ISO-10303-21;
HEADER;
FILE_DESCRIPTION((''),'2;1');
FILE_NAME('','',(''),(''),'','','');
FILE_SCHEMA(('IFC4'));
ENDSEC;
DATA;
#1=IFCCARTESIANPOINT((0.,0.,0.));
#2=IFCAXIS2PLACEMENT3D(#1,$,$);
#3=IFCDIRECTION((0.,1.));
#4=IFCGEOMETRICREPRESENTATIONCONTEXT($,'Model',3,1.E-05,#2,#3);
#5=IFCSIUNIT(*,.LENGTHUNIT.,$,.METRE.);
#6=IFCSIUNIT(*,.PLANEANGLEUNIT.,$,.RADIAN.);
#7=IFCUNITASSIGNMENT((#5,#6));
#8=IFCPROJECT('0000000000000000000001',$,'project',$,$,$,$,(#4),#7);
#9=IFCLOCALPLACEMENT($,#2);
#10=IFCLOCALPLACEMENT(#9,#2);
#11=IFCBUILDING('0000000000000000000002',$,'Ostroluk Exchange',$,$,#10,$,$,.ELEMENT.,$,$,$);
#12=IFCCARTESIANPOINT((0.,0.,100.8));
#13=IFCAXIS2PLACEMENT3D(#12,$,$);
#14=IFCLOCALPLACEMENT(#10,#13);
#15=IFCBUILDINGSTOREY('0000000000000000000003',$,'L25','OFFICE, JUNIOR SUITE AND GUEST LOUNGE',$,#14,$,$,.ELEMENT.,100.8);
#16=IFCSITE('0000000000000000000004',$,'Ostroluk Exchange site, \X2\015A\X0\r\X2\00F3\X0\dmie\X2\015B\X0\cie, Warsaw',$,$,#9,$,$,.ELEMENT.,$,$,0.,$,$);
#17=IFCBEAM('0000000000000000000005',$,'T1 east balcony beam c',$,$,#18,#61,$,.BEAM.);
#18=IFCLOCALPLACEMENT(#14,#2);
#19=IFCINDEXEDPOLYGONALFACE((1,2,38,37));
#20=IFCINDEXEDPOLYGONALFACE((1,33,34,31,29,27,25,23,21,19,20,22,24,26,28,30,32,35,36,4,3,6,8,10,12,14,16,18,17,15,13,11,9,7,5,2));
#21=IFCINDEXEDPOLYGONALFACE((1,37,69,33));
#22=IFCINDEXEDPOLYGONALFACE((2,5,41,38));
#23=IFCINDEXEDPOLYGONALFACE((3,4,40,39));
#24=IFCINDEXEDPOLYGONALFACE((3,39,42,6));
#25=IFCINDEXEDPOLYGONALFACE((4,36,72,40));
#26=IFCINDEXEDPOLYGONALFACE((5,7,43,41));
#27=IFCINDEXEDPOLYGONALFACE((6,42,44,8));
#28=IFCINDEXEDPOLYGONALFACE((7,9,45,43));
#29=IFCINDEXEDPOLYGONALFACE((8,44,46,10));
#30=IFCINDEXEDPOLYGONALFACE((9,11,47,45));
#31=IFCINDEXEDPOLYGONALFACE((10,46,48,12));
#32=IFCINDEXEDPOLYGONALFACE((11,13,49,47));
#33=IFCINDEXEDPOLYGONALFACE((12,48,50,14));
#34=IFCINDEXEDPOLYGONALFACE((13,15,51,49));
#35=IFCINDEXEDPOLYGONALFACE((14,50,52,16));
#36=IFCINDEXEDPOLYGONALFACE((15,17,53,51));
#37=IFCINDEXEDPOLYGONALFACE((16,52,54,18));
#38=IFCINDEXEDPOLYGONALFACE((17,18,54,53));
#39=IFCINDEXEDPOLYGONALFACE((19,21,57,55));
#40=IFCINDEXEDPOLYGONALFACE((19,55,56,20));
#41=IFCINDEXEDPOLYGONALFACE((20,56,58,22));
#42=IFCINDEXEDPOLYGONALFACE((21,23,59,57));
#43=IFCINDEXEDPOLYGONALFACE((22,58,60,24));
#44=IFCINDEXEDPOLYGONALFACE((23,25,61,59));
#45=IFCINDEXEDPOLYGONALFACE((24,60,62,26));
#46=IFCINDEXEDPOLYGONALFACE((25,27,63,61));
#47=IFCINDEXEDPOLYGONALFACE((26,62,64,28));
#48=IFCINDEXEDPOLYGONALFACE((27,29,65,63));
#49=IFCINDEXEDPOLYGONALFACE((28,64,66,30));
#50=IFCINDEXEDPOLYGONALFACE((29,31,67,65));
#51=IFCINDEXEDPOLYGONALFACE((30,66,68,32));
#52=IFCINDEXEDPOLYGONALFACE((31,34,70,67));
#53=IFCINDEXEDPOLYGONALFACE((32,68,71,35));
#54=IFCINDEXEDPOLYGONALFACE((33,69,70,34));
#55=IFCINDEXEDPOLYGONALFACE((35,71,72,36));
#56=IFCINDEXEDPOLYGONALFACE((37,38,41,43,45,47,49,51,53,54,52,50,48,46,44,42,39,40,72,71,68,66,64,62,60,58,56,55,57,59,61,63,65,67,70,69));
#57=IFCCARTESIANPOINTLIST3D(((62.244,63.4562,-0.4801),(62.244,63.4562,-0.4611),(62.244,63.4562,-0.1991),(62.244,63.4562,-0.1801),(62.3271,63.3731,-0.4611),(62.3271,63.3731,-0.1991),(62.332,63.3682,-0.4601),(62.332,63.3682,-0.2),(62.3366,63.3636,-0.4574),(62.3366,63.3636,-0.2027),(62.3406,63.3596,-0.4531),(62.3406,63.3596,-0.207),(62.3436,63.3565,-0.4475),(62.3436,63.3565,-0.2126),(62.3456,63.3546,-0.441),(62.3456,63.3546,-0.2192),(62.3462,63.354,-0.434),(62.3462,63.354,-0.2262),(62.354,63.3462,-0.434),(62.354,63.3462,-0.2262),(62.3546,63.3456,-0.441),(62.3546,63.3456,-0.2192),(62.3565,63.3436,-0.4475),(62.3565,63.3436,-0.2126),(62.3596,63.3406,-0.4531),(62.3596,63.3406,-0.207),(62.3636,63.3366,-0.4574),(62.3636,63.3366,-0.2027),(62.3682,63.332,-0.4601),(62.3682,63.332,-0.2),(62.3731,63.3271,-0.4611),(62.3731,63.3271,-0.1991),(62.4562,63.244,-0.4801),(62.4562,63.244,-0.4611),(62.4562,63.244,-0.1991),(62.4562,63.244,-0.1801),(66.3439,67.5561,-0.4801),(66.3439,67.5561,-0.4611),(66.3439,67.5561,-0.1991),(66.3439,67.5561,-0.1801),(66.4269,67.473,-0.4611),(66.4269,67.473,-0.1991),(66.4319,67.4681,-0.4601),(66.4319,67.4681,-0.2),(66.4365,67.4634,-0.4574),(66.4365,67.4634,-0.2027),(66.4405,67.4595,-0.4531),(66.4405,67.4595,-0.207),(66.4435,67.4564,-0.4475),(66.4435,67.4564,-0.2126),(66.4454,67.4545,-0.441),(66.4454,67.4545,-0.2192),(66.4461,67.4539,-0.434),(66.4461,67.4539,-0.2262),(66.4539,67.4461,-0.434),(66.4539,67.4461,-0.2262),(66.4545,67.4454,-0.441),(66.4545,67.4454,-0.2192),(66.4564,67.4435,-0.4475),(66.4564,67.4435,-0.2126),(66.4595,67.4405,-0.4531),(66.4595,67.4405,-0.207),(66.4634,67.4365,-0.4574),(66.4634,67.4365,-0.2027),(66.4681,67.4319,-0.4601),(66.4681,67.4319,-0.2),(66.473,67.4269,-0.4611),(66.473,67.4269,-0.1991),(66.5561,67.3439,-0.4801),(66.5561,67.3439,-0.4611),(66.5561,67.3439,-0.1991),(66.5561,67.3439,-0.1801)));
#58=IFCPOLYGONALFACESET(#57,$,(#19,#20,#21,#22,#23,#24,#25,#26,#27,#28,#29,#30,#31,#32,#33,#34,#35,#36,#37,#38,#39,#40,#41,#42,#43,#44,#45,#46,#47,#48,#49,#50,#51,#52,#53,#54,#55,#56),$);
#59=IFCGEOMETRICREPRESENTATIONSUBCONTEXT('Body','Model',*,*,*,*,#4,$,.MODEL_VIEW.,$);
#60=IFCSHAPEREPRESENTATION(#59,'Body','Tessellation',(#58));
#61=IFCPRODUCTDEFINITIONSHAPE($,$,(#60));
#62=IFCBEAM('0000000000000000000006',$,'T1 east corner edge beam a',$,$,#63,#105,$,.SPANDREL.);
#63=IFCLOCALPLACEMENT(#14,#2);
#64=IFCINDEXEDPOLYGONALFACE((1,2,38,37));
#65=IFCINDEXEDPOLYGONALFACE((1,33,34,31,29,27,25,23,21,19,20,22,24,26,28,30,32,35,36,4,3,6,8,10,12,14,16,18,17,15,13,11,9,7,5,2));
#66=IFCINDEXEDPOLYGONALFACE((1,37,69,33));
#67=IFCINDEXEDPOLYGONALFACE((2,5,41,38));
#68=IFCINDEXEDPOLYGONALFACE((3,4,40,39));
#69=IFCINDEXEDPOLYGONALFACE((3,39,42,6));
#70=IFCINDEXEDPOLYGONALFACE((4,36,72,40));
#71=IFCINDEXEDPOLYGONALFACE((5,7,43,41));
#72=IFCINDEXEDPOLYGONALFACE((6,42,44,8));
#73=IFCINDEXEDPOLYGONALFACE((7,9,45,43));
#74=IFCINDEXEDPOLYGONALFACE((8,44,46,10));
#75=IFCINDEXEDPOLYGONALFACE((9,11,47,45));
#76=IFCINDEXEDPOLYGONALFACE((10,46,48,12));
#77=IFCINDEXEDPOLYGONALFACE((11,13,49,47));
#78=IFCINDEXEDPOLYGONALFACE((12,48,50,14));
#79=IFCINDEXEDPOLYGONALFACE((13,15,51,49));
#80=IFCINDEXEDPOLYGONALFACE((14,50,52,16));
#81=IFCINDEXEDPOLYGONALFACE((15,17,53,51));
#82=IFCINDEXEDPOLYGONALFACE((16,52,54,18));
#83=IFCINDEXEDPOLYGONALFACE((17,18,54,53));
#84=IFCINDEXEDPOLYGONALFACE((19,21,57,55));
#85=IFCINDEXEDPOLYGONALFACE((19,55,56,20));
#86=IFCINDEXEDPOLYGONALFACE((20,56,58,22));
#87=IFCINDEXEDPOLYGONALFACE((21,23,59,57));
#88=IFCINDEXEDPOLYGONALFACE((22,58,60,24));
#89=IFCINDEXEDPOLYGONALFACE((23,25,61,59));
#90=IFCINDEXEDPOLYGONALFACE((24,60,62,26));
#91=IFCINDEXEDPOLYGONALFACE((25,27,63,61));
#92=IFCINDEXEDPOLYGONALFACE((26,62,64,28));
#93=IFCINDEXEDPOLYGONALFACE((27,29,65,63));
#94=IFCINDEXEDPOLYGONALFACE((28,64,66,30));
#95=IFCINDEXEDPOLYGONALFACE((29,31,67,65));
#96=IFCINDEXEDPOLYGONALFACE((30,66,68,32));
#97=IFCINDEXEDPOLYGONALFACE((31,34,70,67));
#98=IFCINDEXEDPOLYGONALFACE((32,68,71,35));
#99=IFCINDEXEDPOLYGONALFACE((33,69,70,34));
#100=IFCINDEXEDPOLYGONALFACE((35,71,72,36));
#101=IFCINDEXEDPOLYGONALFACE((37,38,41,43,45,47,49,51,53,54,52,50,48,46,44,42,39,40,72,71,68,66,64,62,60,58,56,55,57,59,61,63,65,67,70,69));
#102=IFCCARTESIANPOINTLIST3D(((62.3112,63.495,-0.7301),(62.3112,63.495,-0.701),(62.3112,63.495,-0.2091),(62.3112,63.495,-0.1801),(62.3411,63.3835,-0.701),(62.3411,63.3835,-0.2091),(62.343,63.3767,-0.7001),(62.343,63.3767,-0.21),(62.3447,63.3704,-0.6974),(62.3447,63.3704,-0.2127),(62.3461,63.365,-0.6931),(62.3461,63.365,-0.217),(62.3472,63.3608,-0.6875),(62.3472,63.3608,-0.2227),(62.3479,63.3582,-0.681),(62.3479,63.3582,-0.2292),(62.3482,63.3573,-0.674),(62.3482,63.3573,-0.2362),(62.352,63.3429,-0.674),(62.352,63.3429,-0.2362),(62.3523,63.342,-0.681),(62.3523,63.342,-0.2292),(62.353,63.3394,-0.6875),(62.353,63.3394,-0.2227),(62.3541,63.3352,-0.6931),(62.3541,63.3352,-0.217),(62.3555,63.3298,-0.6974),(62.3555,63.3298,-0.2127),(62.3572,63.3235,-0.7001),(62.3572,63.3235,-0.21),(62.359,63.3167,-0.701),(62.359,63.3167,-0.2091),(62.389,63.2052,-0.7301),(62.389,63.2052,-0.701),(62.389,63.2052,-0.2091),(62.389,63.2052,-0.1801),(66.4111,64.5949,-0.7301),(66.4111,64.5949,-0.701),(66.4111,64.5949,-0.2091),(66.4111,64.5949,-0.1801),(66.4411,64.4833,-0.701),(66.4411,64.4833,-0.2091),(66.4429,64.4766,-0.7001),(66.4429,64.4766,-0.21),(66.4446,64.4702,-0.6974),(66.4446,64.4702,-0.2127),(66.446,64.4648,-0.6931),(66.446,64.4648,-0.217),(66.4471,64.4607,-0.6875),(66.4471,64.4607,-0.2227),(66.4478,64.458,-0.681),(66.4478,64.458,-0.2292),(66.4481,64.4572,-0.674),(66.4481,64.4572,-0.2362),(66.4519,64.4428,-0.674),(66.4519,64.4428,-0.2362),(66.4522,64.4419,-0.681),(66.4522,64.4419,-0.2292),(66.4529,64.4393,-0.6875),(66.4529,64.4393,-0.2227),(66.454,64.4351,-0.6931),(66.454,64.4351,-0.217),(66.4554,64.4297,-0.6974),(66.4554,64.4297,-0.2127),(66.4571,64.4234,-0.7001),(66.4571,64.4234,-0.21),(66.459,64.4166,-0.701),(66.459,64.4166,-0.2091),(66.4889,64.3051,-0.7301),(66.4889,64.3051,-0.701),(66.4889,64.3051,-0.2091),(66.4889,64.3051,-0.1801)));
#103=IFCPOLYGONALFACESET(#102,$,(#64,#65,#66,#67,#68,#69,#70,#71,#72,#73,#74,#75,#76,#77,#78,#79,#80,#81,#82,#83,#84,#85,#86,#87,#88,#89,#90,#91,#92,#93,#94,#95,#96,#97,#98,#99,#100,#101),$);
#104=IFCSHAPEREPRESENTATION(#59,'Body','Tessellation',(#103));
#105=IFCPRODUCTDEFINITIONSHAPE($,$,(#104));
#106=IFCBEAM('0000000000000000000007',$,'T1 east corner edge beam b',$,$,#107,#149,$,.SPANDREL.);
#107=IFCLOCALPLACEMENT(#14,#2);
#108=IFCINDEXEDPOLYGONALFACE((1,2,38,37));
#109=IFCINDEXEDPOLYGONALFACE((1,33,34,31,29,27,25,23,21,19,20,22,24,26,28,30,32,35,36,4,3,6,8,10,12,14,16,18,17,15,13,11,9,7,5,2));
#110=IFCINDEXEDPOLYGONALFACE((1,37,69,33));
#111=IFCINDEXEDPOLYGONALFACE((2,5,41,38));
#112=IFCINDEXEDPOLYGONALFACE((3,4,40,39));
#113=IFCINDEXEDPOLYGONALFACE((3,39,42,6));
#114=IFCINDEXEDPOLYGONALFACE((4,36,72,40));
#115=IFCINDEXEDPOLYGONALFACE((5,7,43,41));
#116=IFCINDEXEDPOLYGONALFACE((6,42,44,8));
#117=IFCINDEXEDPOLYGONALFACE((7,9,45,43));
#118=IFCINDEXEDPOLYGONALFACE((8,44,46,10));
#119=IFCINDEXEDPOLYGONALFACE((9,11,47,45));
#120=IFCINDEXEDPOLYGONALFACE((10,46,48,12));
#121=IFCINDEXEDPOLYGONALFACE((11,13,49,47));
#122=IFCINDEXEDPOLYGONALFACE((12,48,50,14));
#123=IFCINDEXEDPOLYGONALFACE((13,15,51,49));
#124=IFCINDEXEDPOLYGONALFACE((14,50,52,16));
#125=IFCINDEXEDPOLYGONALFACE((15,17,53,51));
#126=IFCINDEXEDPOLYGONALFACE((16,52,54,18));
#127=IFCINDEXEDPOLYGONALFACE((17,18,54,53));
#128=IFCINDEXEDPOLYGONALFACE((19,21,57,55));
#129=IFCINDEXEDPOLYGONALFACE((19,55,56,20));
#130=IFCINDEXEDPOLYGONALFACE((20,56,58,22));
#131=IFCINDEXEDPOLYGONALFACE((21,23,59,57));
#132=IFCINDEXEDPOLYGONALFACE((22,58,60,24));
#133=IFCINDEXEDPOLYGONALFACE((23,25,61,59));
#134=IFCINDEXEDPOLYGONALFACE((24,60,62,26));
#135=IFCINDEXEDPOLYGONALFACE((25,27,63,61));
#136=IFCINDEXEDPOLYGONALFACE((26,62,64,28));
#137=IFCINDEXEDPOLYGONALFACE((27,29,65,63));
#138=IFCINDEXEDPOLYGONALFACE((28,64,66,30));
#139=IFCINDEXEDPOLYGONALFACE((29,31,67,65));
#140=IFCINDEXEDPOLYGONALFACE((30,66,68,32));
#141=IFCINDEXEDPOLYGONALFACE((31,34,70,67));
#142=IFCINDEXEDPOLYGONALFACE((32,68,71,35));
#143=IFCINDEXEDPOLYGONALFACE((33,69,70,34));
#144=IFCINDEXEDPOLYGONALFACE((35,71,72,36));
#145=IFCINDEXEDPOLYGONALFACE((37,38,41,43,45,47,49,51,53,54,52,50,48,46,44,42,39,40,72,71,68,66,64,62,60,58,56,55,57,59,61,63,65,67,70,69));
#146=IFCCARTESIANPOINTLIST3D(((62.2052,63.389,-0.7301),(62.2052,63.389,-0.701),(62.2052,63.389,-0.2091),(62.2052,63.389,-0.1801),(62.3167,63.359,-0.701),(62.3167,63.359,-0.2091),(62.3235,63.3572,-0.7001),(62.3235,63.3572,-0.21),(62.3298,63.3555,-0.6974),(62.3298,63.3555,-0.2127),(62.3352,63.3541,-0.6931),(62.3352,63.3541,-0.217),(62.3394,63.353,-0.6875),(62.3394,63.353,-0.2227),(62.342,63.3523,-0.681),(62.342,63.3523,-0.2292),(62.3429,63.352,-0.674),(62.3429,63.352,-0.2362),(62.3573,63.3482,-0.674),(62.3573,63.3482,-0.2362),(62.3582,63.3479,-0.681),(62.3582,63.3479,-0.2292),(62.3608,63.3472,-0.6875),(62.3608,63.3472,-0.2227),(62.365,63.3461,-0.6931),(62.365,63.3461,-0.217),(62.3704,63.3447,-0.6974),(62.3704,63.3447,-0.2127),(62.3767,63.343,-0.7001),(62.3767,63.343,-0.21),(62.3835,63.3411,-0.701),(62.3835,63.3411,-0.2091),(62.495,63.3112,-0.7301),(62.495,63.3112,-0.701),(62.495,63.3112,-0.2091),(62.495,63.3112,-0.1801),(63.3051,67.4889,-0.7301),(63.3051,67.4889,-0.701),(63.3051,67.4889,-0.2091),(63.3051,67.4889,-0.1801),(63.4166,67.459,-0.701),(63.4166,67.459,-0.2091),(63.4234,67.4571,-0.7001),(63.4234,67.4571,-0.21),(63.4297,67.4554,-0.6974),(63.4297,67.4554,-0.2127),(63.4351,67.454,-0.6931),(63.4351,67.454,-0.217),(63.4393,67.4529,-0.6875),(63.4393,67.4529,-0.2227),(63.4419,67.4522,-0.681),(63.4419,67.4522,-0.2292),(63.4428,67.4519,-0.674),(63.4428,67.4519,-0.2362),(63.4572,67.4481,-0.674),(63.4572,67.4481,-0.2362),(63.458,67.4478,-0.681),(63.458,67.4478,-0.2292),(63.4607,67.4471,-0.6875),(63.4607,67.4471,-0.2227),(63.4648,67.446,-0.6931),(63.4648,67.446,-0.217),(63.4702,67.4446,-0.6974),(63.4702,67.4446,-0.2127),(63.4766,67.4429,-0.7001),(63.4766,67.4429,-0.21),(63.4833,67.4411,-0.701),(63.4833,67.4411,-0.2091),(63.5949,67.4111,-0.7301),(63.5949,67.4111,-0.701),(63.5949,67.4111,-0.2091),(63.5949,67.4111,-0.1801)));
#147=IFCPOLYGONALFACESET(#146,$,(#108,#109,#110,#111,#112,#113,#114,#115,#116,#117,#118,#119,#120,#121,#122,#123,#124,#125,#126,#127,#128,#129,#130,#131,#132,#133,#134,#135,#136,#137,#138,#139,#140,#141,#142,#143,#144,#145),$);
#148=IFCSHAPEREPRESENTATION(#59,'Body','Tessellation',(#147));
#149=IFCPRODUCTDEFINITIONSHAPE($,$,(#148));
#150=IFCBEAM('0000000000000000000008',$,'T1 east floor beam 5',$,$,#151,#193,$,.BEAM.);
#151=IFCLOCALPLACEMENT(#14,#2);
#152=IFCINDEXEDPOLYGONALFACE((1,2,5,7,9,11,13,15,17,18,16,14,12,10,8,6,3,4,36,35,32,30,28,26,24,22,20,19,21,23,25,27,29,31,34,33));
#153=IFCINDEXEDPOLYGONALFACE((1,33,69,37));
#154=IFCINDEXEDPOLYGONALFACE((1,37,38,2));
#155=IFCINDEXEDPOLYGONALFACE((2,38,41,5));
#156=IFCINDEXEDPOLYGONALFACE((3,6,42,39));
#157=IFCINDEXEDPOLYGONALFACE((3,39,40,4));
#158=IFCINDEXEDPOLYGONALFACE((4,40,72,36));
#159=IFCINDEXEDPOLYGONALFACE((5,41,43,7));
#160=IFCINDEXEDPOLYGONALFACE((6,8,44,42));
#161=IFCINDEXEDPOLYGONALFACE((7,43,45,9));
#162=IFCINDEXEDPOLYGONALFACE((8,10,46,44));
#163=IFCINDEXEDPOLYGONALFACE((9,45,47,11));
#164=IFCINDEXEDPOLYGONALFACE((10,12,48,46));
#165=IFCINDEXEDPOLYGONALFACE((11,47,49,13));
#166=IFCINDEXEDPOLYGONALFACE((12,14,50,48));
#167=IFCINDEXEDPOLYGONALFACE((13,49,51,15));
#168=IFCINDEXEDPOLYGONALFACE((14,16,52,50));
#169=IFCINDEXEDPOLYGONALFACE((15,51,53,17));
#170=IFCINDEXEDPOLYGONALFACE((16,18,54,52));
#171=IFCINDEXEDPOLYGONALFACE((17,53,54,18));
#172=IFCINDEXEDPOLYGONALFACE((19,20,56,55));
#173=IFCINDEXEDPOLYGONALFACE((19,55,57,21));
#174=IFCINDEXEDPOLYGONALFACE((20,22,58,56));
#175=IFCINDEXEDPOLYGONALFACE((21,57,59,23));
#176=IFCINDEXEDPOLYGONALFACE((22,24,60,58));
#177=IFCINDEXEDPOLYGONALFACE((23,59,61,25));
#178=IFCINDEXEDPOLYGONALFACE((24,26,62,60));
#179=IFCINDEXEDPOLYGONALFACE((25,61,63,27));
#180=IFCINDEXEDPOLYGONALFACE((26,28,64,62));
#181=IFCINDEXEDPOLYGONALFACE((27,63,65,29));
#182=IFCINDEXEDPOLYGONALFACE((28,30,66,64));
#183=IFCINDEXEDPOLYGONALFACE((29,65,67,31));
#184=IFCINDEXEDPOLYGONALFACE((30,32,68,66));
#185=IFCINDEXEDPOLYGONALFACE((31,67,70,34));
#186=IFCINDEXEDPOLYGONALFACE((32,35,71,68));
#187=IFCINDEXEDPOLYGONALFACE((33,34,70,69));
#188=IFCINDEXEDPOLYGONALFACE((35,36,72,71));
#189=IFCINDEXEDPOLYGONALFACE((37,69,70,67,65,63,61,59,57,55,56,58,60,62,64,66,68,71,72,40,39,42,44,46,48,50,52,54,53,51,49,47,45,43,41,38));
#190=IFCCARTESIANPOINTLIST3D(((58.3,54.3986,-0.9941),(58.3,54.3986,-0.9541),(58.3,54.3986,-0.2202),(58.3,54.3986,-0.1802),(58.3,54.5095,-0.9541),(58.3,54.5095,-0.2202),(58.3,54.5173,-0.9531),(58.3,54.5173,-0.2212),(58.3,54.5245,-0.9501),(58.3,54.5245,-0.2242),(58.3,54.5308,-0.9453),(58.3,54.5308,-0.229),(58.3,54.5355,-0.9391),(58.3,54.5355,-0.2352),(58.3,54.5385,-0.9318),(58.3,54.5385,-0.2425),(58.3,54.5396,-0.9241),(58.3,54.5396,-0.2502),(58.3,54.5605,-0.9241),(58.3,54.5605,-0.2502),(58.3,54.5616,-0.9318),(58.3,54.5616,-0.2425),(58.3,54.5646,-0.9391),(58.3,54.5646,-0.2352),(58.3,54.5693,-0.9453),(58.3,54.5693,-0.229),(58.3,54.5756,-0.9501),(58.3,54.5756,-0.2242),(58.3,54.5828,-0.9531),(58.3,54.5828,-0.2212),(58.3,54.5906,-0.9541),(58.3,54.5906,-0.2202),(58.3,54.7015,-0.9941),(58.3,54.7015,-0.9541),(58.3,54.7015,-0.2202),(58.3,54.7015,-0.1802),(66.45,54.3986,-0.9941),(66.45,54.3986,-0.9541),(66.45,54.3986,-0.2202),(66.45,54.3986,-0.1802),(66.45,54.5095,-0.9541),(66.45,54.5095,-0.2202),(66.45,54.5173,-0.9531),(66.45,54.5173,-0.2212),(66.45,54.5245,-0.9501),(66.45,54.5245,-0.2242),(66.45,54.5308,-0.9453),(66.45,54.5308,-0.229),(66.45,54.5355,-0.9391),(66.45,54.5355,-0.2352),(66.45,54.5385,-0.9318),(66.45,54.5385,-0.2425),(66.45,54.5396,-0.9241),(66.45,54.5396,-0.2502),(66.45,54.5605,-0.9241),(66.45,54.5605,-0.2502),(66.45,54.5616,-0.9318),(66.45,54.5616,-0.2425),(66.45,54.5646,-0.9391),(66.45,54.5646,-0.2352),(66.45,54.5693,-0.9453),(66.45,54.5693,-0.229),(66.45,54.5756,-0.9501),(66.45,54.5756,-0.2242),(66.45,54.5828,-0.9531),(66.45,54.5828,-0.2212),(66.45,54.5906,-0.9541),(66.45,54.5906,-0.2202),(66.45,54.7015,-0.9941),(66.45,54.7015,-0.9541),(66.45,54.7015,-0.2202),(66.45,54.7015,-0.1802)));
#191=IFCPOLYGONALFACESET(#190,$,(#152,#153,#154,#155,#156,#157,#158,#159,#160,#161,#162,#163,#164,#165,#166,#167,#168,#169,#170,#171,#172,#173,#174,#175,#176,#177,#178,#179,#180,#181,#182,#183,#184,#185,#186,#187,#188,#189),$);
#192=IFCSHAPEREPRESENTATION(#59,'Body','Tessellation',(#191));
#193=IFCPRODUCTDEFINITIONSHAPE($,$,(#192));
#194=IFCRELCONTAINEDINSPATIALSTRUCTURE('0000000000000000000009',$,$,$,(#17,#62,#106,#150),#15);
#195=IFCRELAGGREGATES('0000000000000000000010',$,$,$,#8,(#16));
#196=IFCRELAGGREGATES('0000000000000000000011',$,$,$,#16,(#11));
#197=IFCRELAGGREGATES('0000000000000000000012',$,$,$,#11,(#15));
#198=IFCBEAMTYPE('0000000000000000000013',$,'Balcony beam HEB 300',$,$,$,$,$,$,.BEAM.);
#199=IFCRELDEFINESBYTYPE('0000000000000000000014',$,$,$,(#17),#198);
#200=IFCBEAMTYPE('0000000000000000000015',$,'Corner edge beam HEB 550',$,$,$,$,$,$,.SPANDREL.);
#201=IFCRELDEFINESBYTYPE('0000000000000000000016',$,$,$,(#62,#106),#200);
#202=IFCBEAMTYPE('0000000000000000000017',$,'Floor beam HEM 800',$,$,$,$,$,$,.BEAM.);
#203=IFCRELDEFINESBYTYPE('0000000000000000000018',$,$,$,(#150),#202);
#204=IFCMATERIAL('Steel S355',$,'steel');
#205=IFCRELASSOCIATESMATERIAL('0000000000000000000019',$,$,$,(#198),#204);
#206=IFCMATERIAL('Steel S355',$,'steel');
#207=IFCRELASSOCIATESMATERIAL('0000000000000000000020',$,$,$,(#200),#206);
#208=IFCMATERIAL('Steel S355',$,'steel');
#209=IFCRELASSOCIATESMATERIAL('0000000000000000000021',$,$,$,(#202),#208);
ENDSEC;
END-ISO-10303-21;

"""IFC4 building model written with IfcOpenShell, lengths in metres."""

from ifc_helpers import new_model, si_unit, direction, frame, origin, origin_2d, place, context, subcontext, project, spatial, i_section, extrude, material, material_profile, profile_set, type_object, element, save


model = new_model("IFC4")

# Units and contexts
model_context = context("Model", 3, precision=1e-05, world=origin(), true_north=direction((0.0, 1.0)))
body_context = subcontext(model_context, "Body", "Model", "MODEL_VIEW")
ifc_project = project(units=[si_unit("LENGTHUNIT", "METRE"), si_unit("PLANEANGLEUNIT", "RADIAN")], contexts=[model_context])

# Site, building, storey
site_placement = place(None, origin())
site = spatial("IfcSite", under=ifc_project, at=site_placement, Name="Ostroluk Exchange site, Śródmieście, Warsaw", CompositionType="ELEMENT", RefElevation=0.0)
building_placement = place(site_placement, origin())
building = spatial("IfcBuilding", under=site, at=building_placement, Name="Ostroluk Exchange", CompositionType="ELEMENT")
storey_placement = place(building_placement, frame((0.0, 0.0, 100.8)))
storey = spatial("IfcBuildingStorey", under=building, at=storey_placement, Name="L25", Description="OFFICE, JUNIOR SUITE AND GUEST LOUNGE", CompositionType="ELEMENT", Elevation=100.8)

# Beams
ifc_material_1 = material(Name="Steel S355", Category="steel")
ifc_material_profile_1 = material_profile(ifc_material_1, i_section(OverallWidth=0.3, OverallDepth=0.3, WebThickness=0.011, FlangeThickness=0.019, FilletRadius=0.0271, at=origin_2d()), Name="HEB 300")
ifc_profile_set_1 = profile_set([ifc_material_profile_1], Name="Steel S355")
beam_type_1 = type_object("IfcBeamType", Name="Balcony beam HEB 300", PredefinedType="BEAM", material=ifc_profile_set_1)
beam_1_placement = place(storey_placement, frame((62.3501, 63.3501, -0.3301), z_axis=(0.707107, 0.707107, 0.0), x_axis=(-0.707107, 0.707107, 0.0)))
element("IfcBeam", 1, at=beam_1_placement, inside=storey, type_object=beam_type_1, Name="T1 east balcony beam c", PredefinedType="BEAM", context=body_context, shape_type="SweptSolid", body=[
    extrude(i_section(OverallWidth=0.3, OverallDepth=0.3, WebThickness=0.011, FlangeThickness=0.019, FilletRadius=0.0271, at=origin_2d()), origin(), (0.0, 0.0, 1.0), 5.7981),
])
ifc_material_2 = material(Name="Steel S355", Category="steel")
ifc_material_profile_2 = material_profile(ifc_material_2, i_section(OverallWidth=0.3, OverallDepth=0.55, WebThickness=0.0149, FlangeThickness=0.0291, FilletRadius=0.0271, at=origin_2d()), Name="HEB 550")
ifc_profile_set_2 = profile_set([ifc_material_profile_2], Name="Steel S355")
beam_type_2 = type_object("IfcBeamType", Name="Corner edge beam HEB 550", PredefinedType="SPANDREL", material=ifc_profile_set_2)
for number, where, z_axis, x_axis, name in (
    (2, (62.3501, 63.3501, -0.4551), (0.965849, 0.259105, 0.0), (-0.259105, 0.965849, 0.0), "T1 east corner edge beam a"),
    (3, (62.3501, 63.3501, -0.4551), (0.259105, 0.965849, 0.0), (-0.965849, 0.259105, 0.0), "T1 east corner edge beam b"),
):
    element("IfcBeam", number, at=place(storey_placement, frame(where, z_axis=z_axis, x_axis=x_axis)), inside=storey, type_object=beam_type_2, Name=name, PredefinedType="SPANDREL", context=body_context, shape_type="SweptSolid", body=[
        extrude(i_section(OverallWidth=0.3, OverallDepth=0.55, WebThickness=0.0149, FlangeThickness=0.0291, FilletRadius=0.0271, at=origin_2d()), origin(), (0.0, 0.0, 1.0), 4.2449),
    ])
ifc_material_3 = material(Name="Steel S355", Category="steel")
ifc_material_profile_3 = material_profile(ifc_material_3, i_section(OverallWidth=0.303, OverallDepth=0.814, WebThickness=0.021, FlangeThickness=0.04, FilletRadius=0.03, at=origin_2d()), Name="HEM 800")
ifc_profile_set_3 = profile_set([ifc_material_profile_3], Name="Steel S355")
beam_type_3 = type_object("IfcBeamType", Name="Floor beam HEM 800", PredefinedType="BEAM", material=ifc_profile_set_3)
beam_2_placement = place(storey_placement, frame((58.3, 54.55, -0.5872), z_axis=(1.0, 0.0, 0.0), x_axis=(0.0, 1.0, 0.0)))
element("IfcBeam", 4, at=beam_2_placement, inside=storey, type_object=beam_type_3, Name="T1 east floor beam 5", PredefinedType="BEAM", context=body_context, shape_type="SweptSolid", body=[
    extrude(i_section(OverallWidth=0.303, OverallDepth=0.814, WebThickness=0.021, FlangeThickness=0.04, FilletRadius=0.03, at=origin_2d()), origin(), (0.0, 0.0, 1.0), 8.1499),
])

save(model, "model.ifc")
